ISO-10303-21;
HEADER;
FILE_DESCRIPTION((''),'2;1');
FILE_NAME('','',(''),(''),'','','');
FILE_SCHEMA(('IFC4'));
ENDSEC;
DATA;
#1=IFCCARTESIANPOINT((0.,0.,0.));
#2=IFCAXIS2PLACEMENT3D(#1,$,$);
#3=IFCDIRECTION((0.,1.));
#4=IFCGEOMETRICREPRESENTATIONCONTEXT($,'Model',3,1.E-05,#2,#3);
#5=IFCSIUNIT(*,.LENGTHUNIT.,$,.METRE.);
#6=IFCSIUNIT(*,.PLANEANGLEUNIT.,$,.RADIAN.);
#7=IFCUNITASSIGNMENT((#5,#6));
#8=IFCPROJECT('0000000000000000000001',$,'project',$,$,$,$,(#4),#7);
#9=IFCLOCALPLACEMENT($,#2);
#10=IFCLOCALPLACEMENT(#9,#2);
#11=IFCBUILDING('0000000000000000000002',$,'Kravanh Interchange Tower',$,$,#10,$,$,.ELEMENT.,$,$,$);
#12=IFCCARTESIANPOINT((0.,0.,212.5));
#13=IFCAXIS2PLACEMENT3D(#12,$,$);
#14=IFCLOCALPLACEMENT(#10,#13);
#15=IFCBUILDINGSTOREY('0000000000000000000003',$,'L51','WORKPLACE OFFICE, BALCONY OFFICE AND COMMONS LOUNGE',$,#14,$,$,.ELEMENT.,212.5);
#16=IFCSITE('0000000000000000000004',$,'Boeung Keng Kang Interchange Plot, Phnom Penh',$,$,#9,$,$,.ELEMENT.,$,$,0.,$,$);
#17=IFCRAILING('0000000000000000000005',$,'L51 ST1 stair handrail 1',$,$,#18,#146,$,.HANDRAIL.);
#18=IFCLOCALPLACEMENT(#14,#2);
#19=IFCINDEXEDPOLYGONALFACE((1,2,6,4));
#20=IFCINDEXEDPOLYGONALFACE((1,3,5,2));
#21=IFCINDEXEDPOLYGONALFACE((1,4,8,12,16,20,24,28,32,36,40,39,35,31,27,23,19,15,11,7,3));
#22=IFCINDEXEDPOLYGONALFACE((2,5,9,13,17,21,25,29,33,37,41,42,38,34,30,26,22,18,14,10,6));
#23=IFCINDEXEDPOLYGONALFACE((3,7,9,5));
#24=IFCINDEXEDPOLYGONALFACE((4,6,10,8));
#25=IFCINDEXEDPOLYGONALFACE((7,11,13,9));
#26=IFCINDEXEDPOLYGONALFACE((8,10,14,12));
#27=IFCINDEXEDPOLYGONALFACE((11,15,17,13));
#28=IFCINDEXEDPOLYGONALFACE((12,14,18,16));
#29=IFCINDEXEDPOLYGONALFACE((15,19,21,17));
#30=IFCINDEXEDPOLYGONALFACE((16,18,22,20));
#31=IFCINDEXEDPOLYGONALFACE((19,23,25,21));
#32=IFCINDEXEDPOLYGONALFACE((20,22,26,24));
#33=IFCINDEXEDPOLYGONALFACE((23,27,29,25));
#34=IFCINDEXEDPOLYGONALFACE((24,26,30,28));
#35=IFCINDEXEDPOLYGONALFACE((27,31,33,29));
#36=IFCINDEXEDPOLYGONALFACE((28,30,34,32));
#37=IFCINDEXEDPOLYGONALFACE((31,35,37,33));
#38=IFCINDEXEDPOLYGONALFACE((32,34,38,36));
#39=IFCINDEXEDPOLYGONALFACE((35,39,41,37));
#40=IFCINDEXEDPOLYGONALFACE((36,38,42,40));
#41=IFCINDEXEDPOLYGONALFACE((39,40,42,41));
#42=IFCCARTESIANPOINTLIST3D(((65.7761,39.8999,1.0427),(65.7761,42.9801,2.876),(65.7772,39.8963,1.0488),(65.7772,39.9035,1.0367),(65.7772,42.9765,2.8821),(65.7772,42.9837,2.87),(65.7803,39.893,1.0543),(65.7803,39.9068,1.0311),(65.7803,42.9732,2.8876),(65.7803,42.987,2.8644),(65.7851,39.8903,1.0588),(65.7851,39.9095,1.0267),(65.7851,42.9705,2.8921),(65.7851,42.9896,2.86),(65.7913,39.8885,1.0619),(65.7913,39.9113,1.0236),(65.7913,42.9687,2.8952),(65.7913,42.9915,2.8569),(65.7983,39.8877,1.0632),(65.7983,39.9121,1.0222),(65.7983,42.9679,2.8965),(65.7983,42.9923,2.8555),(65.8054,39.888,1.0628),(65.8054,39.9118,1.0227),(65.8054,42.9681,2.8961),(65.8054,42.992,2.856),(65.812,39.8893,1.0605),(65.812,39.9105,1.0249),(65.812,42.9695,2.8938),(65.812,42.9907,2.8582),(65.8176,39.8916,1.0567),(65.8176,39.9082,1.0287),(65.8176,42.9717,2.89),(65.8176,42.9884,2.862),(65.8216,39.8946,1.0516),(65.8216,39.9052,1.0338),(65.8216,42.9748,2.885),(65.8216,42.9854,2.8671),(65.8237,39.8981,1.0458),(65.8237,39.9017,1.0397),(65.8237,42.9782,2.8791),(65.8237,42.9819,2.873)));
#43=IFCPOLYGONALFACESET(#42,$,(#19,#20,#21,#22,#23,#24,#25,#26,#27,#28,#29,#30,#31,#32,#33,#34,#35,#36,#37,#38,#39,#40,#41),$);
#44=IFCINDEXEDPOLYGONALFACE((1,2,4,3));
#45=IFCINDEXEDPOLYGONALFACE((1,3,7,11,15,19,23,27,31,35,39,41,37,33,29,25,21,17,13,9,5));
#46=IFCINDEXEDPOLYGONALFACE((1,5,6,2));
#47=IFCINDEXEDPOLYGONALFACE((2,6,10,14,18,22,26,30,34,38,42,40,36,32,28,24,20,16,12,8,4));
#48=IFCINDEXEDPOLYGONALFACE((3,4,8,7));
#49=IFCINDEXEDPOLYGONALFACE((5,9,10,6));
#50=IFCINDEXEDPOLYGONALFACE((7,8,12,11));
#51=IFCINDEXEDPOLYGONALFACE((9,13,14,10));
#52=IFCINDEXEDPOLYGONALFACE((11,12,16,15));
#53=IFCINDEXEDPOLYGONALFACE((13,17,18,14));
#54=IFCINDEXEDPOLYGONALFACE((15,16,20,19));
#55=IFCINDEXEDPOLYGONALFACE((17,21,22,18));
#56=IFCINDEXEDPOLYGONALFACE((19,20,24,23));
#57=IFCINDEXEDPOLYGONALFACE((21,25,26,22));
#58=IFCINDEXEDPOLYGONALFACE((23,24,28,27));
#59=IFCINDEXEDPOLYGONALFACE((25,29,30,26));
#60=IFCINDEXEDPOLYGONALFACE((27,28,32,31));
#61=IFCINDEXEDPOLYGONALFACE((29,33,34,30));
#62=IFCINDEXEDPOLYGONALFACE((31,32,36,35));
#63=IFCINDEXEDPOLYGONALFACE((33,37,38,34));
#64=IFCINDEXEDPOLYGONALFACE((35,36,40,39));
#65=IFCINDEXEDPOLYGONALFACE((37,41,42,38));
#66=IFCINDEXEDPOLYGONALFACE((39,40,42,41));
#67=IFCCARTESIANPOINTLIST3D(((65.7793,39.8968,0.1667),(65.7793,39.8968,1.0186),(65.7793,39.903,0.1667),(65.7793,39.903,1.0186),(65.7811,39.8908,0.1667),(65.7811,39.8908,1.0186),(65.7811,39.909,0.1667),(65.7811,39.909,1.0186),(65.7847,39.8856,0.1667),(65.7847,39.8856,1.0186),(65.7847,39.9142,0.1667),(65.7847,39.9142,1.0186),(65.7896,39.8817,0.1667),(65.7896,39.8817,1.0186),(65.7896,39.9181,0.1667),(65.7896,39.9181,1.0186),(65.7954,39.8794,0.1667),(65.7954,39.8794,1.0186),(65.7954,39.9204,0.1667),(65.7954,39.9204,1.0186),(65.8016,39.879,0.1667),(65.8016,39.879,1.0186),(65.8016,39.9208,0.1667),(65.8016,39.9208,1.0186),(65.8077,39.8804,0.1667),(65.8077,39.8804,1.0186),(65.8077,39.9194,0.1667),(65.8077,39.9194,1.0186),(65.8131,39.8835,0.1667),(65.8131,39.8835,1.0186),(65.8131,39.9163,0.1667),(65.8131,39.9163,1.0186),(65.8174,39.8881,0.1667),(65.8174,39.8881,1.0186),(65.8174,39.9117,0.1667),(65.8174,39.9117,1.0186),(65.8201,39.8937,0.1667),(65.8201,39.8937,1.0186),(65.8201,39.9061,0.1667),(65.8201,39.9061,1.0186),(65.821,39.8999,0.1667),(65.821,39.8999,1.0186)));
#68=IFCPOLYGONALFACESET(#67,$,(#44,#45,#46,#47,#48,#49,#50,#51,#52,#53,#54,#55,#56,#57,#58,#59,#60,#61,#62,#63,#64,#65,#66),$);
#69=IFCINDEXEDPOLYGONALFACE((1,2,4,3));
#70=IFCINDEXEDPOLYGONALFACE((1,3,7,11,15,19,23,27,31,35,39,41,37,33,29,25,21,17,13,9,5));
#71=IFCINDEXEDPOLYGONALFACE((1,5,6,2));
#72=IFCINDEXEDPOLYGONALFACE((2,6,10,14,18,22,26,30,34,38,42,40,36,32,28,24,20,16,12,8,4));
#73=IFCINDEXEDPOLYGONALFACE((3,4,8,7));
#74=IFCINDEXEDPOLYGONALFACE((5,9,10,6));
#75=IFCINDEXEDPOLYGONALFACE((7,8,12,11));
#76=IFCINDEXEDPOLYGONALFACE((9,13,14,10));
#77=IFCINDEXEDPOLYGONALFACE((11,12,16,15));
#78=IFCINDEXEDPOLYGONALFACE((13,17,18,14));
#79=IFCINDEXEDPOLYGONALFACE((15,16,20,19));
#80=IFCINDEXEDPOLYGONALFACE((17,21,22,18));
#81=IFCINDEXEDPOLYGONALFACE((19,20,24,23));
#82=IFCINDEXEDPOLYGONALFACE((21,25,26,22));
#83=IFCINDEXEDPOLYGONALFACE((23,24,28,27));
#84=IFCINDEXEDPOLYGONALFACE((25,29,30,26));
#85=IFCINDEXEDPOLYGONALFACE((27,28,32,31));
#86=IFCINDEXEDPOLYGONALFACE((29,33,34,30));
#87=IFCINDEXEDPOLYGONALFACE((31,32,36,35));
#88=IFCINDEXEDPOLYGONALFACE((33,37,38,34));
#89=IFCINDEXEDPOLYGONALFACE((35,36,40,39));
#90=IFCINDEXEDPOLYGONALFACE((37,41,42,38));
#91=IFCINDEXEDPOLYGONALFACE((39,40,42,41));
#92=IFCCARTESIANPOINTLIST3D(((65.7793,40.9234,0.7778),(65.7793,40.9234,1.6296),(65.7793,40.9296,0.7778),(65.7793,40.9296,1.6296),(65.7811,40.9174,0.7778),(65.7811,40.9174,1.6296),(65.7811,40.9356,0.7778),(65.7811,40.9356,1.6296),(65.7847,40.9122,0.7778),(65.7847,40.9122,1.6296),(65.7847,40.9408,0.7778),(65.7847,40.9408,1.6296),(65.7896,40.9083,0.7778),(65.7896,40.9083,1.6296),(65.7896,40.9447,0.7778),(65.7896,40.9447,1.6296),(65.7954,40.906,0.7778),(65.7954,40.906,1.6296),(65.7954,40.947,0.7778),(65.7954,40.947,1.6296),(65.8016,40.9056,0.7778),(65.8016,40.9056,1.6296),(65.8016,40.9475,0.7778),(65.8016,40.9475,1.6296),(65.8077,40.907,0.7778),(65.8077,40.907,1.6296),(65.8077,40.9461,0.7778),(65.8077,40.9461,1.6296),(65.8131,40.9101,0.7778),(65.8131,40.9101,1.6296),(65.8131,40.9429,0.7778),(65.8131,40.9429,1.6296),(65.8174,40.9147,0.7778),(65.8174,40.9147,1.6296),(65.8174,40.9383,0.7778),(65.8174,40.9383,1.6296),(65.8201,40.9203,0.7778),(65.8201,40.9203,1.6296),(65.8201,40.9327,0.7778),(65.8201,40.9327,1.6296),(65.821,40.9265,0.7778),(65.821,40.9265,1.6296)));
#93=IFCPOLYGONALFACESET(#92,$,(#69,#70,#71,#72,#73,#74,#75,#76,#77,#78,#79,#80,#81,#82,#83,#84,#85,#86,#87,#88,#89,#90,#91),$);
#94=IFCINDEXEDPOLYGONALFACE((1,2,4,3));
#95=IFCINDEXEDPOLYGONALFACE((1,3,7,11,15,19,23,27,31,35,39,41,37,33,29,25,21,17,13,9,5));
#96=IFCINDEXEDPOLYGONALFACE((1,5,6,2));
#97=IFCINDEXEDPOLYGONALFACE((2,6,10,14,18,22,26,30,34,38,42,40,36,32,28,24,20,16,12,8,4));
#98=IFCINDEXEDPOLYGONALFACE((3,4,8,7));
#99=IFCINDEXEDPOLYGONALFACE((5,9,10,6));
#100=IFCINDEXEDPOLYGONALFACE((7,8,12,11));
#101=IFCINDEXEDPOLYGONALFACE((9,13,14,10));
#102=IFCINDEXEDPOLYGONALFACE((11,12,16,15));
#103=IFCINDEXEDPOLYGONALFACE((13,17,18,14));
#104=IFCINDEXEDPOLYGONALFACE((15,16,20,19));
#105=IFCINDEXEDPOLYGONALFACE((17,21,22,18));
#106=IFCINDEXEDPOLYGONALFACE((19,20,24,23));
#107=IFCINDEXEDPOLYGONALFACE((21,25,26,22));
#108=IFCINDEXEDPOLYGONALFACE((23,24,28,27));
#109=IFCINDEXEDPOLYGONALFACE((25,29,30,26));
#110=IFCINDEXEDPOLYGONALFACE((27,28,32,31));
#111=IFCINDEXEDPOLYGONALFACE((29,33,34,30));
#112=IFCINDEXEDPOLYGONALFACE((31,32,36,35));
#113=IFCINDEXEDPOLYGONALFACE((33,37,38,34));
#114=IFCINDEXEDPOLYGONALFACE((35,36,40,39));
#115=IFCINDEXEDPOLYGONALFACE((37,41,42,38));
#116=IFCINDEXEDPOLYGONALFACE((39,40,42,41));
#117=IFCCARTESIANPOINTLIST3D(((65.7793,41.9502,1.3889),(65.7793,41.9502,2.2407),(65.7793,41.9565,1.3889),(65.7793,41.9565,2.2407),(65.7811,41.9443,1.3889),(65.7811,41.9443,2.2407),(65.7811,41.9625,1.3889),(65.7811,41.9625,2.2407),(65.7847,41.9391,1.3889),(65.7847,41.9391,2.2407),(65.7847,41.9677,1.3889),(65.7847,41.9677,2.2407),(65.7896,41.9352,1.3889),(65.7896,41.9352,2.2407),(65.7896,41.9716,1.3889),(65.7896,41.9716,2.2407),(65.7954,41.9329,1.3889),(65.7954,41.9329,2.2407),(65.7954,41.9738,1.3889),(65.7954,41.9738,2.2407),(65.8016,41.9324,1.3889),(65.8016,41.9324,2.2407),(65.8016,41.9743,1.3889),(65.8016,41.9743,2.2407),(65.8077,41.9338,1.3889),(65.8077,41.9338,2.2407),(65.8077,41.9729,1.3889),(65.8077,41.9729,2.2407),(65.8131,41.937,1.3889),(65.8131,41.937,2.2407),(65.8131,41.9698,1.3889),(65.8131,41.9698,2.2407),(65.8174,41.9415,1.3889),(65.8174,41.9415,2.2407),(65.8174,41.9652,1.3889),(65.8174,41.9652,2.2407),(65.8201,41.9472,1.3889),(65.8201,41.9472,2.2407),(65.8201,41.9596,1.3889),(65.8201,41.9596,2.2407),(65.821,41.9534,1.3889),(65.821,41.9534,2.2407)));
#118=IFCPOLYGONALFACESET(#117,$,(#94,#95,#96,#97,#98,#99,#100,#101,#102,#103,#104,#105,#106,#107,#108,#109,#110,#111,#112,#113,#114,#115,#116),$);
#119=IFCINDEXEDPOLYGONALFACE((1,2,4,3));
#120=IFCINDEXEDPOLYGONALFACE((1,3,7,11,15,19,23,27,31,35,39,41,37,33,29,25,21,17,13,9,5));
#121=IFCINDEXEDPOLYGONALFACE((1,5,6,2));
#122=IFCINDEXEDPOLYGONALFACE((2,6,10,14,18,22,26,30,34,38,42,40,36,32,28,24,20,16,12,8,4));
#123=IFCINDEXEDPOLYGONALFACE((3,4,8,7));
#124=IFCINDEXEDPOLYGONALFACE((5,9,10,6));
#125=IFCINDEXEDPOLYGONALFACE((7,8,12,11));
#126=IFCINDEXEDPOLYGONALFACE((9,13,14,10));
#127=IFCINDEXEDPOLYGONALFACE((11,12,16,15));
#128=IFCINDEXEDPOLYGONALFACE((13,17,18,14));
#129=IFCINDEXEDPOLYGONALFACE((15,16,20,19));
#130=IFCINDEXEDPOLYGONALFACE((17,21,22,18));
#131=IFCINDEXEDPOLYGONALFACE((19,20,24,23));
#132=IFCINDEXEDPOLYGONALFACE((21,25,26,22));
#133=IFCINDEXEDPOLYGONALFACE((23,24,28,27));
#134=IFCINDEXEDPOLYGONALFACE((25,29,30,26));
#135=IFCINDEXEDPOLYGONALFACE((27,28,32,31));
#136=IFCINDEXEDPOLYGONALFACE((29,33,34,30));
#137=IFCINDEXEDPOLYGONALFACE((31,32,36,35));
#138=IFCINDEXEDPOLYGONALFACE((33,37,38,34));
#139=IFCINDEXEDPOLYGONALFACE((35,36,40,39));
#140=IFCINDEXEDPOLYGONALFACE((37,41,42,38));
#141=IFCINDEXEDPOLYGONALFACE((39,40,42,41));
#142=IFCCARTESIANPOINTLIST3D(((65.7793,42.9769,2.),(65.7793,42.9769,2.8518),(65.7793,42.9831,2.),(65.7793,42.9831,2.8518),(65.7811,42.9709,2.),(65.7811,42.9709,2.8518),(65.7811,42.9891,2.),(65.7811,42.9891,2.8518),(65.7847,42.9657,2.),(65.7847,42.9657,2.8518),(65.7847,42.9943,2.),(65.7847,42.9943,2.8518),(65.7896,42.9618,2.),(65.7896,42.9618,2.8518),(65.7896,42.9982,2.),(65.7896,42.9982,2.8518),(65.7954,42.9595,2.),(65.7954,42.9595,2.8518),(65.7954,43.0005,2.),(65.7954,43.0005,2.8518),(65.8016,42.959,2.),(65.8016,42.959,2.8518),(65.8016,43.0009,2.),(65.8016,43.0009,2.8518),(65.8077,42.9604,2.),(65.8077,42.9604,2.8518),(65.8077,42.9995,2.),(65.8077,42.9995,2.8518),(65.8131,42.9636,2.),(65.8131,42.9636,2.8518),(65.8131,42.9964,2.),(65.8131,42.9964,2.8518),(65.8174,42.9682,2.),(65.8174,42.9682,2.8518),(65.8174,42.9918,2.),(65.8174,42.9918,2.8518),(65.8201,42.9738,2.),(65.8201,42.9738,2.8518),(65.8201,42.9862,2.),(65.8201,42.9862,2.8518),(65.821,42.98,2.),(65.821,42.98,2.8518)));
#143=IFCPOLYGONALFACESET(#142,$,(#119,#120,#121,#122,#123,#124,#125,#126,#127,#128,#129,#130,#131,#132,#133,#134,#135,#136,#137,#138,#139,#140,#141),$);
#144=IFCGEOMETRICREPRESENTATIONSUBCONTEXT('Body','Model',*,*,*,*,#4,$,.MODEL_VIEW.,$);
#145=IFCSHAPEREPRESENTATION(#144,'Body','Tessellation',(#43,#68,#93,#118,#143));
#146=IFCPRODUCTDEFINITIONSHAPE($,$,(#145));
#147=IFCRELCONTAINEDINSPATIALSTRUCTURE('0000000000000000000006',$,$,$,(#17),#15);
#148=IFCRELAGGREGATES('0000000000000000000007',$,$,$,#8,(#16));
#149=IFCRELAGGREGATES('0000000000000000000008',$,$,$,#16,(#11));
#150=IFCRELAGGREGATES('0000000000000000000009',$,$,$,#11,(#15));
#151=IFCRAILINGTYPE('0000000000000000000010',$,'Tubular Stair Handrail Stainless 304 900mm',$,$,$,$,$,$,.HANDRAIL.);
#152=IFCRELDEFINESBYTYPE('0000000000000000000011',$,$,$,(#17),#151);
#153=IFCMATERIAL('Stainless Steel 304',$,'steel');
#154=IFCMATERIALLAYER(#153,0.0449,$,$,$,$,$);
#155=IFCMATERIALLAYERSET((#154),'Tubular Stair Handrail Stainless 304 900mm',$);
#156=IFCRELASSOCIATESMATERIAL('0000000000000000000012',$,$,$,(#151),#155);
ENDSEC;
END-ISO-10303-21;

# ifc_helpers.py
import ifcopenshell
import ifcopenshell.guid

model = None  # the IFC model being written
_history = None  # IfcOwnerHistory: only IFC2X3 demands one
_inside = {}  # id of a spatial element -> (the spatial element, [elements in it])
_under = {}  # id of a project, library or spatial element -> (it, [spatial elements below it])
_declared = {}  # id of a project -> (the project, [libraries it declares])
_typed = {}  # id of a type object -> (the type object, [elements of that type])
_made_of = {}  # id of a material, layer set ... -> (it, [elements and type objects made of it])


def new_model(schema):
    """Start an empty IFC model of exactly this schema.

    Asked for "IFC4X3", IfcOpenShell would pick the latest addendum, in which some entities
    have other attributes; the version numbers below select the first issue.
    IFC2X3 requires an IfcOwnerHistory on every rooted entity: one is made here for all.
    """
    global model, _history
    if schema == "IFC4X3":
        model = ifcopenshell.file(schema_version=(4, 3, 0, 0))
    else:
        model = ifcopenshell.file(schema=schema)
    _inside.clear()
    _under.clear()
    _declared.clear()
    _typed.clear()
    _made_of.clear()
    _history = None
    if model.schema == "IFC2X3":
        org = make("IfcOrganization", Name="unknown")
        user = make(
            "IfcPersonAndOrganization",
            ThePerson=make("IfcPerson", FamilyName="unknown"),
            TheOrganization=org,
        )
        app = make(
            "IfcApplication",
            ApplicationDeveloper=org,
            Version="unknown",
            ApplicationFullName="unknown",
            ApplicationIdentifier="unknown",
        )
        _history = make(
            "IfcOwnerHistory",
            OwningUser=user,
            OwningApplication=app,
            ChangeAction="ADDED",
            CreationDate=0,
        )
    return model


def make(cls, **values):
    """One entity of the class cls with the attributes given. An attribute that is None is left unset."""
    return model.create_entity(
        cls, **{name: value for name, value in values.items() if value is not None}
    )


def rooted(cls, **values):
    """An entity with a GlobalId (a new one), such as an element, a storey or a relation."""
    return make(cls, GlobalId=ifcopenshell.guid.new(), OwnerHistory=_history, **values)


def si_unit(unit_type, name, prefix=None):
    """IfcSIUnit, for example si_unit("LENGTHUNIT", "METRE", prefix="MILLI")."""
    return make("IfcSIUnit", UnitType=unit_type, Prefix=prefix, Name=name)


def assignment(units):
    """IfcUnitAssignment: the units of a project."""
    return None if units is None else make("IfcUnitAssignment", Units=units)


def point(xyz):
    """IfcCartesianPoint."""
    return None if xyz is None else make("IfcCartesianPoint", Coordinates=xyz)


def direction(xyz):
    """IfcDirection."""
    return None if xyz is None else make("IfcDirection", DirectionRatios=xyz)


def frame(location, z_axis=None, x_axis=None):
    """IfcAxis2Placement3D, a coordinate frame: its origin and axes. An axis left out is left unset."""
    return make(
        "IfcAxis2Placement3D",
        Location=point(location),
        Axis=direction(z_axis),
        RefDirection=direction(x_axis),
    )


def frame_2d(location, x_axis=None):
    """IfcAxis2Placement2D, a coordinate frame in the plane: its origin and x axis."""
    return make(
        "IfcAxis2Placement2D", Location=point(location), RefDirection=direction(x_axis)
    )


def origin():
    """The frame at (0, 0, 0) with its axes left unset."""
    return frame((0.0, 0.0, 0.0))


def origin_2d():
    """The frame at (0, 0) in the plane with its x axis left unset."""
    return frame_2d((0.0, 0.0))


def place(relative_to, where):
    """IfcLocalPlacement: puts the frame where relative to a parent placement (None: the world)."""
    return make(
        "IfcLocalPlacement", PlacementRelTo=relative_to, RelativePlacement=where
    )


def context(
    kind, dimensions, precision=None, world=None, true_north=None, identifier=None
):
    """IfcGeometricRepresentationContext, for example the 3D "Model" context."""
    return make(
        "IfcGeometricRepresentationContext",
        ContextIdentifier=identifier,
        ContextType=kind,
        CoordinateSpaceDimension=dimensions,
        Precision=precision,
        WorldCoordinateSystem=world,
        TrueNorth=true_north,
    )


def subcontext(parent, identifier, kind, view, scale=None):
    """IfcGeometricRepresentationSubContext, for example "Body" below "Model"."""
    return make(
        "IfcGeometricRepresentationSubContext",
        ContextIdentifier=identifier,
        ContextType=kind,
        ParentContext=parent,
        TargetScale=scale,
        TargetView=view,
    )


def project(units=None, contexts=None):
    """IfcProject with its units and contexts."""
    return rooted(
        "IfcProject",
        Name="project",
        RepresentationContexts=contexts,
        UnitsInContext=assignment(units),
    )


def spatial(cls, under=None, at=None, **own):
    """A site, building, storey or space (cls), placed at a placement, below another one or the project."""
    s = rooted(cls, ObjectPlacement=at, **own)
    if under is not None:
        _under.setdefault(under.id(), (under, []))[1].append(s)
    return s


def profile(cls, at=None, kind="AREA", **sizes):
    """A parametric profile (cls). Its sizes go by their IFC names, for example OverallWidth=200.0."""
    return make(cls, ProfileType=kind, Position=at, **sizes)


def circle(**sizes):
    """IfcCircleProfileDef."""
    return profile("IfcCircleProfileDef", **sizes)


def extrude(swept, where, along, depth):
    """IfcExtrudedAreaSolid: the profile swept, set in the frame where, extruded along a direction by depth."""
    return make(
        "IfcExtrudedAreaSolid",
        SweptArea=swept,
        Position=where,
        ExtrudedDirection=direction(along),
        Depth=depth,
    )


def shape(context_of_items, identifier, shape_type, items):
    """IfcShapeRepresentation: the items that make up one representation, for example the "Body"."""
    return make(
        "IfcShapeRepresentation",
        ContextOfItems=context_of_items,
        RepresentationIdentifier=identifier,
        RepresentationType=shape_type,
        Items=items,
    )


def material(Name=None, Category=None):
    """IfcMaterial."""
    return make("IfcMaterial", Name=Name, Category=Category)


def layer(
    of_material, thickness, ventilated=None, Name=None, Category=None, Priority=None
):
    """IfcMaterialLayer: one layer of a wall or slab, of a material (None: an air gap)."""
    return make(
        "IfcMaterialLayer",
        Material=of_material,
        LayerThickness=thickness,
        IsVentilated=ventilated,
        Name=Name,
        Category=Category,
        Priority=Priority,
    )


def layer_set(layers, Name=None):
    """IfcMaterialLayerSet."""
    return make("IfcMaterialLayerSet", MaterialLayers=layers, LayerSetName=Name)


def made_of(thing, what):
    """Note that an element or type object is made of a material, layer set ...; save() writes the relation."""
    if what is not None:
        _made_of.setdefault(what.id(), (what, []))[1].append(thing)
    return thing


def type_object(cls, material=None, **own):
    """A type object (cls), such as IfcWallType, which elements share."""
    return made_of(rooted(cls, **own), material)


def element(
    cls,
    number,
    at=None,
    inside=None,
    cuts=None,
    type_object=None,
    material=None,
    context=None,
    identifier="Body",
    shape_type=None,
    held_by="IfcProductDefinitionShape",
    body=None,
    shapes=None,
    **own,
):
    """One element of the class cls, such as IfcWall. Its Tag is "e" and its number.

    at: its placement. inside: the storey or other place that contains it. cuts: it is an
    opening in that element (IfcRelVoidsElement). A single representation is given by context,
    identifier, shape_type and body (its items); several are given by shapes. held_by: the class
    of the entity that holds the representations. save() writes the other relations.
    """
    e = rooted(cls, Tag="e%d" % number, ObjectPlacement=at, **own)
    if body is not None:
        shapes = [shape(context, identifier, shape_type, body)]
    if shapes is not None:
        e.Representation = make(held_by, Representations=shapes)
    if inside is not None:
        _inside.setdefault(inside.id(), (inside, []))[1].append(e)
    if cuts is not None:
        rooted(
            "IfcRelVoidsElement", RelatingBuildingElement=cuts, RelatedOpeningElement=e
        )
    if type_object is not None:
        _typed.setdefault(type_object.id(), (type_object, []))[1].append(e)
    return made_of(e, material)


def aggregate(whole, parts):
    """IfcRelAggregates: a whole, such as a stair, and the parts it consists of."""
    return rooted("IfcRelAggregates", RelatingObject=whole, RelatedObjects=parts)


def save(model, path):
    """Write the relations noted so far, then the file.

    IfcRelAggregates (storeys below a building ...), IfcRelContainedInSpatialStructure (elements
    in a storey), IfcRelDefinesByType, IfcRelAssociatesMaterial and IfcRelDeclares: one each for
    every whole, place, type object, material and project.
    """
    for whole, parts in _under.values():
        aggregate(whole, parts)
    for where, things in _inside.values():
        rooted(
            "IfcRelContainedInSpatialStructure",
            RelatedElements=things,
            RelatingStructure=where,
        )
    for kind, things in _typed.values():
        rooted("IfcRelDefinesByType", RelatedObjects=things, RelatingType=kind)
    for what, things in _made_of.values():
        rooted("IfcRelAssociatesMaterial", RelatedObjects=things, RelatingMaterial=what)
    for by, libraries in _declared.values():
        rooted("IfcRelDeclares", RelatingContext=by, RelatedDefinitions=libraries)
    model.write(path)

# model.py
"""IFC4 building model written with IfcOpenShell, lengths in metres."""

from ifc_helpers import new_model, si_unit, direction, frame, origin, origin_2d, place, context, subcontext, project, spatial, circle, extrude, material, layer, layer_set, type_object, element, save


model = new_model("IFC4")

# Units and contexts
model_context = context("Model", 3, precision=1e-05, world=origin(), true_north=direction((0.0, 1.0)))
body_context = subcontext(model_context, "Body", "Model", "MODEL_VIEW")
ifc_project = project(units=[si_unit("LENGTHUNIT", "METRE"), si_unit("PLANEANGLEUNIT", "RADIAN")], contexts=[model_context])

# Site, building, storey
site_placement = place(None, origin())
site = spatial("IfcSite", under=ifc_project, at=site_placement, Name="Boeung Keng Kang Interchange Plot, Phnom Penh", CompositionType="ELEMENT", RefElevation=0.0)
building_placement = place(site_placement, origin())
building = spatial("IfcBuilding", under=site, at=building_placement, Name="Kravanh Interchange Tower", CompositionType="ELEMENT")
storey_placement = place(building_placement, frame((0.0, 0.0, 212.5)))
storey = spatial("IfcBuildingStorey", under=building, at=storey_placement, Name="L51", Description="WORKPLACE OFFICE, BALCONY OFFICE AND COMMONS LOUNGE", CompositionType="ELEMENT", Elevation=212.5)

# Railing
ifc_material_1 = material(Name="Stainless Steel 304", Category="steel")
ifc_layer_1 = layer(ifc_material_1, 0.0449)
ifc_layer_set_1 = layer_set([ifc_layer_1], Name="Tubular Stair Handrail Stainless 304 900mm")
railing_type_1 = type_object("IfcRailingType", Name="Tubular Stair Handrail Stainless 304 900mm", PredefinedType="HANDRAIL", material=ifc_layer_set_1)
railing_1_placement = place(storey_placement, frame((65.8, 39.8999, 0.1667)))
element("IfcRailing", 1, at=railing_1_placement, inside=storey, type_object=railing_type_1, Name="L51 ST1 stair handrail 1", PredefinedType="HANDRAIL", context=body_context, shape_type="SweptSolid", body=[
    extrude(circle(Radius=0.0239, at=origin_2d()), frame((0.0, 0.0, 0.876), z_axis=(0.0, 0.859309, 0.511458), x_axis=(-1.0, 0.0, 0.0)), (0.0, 0.0, 1.0), 3.5845),
    extrude(circle(Radius=0.021, at=origin_2d()), origin(), (0.0, 0.0, 1.0), 0.8518),
    extrude(circle(Radius=0.021, at=origin_2d()), frame((0.0, 1.0266, 0.6111)), (0.0, 0.0, 1.0), 0.8518),
    extrude(circle(Radius=0.021, at=origin_2d()), frame((0.0, 2.0535, 1.2222)), (0.0, 0.0, 1.0), 0.8518),
    extrude(circle(Radius=0.021, at=origin_2d()), frame((0.0, 3.0801, 1.8333)), (0.0, 0.0, 1.0), 0.8518),
])

save(model, "model.ifc")
